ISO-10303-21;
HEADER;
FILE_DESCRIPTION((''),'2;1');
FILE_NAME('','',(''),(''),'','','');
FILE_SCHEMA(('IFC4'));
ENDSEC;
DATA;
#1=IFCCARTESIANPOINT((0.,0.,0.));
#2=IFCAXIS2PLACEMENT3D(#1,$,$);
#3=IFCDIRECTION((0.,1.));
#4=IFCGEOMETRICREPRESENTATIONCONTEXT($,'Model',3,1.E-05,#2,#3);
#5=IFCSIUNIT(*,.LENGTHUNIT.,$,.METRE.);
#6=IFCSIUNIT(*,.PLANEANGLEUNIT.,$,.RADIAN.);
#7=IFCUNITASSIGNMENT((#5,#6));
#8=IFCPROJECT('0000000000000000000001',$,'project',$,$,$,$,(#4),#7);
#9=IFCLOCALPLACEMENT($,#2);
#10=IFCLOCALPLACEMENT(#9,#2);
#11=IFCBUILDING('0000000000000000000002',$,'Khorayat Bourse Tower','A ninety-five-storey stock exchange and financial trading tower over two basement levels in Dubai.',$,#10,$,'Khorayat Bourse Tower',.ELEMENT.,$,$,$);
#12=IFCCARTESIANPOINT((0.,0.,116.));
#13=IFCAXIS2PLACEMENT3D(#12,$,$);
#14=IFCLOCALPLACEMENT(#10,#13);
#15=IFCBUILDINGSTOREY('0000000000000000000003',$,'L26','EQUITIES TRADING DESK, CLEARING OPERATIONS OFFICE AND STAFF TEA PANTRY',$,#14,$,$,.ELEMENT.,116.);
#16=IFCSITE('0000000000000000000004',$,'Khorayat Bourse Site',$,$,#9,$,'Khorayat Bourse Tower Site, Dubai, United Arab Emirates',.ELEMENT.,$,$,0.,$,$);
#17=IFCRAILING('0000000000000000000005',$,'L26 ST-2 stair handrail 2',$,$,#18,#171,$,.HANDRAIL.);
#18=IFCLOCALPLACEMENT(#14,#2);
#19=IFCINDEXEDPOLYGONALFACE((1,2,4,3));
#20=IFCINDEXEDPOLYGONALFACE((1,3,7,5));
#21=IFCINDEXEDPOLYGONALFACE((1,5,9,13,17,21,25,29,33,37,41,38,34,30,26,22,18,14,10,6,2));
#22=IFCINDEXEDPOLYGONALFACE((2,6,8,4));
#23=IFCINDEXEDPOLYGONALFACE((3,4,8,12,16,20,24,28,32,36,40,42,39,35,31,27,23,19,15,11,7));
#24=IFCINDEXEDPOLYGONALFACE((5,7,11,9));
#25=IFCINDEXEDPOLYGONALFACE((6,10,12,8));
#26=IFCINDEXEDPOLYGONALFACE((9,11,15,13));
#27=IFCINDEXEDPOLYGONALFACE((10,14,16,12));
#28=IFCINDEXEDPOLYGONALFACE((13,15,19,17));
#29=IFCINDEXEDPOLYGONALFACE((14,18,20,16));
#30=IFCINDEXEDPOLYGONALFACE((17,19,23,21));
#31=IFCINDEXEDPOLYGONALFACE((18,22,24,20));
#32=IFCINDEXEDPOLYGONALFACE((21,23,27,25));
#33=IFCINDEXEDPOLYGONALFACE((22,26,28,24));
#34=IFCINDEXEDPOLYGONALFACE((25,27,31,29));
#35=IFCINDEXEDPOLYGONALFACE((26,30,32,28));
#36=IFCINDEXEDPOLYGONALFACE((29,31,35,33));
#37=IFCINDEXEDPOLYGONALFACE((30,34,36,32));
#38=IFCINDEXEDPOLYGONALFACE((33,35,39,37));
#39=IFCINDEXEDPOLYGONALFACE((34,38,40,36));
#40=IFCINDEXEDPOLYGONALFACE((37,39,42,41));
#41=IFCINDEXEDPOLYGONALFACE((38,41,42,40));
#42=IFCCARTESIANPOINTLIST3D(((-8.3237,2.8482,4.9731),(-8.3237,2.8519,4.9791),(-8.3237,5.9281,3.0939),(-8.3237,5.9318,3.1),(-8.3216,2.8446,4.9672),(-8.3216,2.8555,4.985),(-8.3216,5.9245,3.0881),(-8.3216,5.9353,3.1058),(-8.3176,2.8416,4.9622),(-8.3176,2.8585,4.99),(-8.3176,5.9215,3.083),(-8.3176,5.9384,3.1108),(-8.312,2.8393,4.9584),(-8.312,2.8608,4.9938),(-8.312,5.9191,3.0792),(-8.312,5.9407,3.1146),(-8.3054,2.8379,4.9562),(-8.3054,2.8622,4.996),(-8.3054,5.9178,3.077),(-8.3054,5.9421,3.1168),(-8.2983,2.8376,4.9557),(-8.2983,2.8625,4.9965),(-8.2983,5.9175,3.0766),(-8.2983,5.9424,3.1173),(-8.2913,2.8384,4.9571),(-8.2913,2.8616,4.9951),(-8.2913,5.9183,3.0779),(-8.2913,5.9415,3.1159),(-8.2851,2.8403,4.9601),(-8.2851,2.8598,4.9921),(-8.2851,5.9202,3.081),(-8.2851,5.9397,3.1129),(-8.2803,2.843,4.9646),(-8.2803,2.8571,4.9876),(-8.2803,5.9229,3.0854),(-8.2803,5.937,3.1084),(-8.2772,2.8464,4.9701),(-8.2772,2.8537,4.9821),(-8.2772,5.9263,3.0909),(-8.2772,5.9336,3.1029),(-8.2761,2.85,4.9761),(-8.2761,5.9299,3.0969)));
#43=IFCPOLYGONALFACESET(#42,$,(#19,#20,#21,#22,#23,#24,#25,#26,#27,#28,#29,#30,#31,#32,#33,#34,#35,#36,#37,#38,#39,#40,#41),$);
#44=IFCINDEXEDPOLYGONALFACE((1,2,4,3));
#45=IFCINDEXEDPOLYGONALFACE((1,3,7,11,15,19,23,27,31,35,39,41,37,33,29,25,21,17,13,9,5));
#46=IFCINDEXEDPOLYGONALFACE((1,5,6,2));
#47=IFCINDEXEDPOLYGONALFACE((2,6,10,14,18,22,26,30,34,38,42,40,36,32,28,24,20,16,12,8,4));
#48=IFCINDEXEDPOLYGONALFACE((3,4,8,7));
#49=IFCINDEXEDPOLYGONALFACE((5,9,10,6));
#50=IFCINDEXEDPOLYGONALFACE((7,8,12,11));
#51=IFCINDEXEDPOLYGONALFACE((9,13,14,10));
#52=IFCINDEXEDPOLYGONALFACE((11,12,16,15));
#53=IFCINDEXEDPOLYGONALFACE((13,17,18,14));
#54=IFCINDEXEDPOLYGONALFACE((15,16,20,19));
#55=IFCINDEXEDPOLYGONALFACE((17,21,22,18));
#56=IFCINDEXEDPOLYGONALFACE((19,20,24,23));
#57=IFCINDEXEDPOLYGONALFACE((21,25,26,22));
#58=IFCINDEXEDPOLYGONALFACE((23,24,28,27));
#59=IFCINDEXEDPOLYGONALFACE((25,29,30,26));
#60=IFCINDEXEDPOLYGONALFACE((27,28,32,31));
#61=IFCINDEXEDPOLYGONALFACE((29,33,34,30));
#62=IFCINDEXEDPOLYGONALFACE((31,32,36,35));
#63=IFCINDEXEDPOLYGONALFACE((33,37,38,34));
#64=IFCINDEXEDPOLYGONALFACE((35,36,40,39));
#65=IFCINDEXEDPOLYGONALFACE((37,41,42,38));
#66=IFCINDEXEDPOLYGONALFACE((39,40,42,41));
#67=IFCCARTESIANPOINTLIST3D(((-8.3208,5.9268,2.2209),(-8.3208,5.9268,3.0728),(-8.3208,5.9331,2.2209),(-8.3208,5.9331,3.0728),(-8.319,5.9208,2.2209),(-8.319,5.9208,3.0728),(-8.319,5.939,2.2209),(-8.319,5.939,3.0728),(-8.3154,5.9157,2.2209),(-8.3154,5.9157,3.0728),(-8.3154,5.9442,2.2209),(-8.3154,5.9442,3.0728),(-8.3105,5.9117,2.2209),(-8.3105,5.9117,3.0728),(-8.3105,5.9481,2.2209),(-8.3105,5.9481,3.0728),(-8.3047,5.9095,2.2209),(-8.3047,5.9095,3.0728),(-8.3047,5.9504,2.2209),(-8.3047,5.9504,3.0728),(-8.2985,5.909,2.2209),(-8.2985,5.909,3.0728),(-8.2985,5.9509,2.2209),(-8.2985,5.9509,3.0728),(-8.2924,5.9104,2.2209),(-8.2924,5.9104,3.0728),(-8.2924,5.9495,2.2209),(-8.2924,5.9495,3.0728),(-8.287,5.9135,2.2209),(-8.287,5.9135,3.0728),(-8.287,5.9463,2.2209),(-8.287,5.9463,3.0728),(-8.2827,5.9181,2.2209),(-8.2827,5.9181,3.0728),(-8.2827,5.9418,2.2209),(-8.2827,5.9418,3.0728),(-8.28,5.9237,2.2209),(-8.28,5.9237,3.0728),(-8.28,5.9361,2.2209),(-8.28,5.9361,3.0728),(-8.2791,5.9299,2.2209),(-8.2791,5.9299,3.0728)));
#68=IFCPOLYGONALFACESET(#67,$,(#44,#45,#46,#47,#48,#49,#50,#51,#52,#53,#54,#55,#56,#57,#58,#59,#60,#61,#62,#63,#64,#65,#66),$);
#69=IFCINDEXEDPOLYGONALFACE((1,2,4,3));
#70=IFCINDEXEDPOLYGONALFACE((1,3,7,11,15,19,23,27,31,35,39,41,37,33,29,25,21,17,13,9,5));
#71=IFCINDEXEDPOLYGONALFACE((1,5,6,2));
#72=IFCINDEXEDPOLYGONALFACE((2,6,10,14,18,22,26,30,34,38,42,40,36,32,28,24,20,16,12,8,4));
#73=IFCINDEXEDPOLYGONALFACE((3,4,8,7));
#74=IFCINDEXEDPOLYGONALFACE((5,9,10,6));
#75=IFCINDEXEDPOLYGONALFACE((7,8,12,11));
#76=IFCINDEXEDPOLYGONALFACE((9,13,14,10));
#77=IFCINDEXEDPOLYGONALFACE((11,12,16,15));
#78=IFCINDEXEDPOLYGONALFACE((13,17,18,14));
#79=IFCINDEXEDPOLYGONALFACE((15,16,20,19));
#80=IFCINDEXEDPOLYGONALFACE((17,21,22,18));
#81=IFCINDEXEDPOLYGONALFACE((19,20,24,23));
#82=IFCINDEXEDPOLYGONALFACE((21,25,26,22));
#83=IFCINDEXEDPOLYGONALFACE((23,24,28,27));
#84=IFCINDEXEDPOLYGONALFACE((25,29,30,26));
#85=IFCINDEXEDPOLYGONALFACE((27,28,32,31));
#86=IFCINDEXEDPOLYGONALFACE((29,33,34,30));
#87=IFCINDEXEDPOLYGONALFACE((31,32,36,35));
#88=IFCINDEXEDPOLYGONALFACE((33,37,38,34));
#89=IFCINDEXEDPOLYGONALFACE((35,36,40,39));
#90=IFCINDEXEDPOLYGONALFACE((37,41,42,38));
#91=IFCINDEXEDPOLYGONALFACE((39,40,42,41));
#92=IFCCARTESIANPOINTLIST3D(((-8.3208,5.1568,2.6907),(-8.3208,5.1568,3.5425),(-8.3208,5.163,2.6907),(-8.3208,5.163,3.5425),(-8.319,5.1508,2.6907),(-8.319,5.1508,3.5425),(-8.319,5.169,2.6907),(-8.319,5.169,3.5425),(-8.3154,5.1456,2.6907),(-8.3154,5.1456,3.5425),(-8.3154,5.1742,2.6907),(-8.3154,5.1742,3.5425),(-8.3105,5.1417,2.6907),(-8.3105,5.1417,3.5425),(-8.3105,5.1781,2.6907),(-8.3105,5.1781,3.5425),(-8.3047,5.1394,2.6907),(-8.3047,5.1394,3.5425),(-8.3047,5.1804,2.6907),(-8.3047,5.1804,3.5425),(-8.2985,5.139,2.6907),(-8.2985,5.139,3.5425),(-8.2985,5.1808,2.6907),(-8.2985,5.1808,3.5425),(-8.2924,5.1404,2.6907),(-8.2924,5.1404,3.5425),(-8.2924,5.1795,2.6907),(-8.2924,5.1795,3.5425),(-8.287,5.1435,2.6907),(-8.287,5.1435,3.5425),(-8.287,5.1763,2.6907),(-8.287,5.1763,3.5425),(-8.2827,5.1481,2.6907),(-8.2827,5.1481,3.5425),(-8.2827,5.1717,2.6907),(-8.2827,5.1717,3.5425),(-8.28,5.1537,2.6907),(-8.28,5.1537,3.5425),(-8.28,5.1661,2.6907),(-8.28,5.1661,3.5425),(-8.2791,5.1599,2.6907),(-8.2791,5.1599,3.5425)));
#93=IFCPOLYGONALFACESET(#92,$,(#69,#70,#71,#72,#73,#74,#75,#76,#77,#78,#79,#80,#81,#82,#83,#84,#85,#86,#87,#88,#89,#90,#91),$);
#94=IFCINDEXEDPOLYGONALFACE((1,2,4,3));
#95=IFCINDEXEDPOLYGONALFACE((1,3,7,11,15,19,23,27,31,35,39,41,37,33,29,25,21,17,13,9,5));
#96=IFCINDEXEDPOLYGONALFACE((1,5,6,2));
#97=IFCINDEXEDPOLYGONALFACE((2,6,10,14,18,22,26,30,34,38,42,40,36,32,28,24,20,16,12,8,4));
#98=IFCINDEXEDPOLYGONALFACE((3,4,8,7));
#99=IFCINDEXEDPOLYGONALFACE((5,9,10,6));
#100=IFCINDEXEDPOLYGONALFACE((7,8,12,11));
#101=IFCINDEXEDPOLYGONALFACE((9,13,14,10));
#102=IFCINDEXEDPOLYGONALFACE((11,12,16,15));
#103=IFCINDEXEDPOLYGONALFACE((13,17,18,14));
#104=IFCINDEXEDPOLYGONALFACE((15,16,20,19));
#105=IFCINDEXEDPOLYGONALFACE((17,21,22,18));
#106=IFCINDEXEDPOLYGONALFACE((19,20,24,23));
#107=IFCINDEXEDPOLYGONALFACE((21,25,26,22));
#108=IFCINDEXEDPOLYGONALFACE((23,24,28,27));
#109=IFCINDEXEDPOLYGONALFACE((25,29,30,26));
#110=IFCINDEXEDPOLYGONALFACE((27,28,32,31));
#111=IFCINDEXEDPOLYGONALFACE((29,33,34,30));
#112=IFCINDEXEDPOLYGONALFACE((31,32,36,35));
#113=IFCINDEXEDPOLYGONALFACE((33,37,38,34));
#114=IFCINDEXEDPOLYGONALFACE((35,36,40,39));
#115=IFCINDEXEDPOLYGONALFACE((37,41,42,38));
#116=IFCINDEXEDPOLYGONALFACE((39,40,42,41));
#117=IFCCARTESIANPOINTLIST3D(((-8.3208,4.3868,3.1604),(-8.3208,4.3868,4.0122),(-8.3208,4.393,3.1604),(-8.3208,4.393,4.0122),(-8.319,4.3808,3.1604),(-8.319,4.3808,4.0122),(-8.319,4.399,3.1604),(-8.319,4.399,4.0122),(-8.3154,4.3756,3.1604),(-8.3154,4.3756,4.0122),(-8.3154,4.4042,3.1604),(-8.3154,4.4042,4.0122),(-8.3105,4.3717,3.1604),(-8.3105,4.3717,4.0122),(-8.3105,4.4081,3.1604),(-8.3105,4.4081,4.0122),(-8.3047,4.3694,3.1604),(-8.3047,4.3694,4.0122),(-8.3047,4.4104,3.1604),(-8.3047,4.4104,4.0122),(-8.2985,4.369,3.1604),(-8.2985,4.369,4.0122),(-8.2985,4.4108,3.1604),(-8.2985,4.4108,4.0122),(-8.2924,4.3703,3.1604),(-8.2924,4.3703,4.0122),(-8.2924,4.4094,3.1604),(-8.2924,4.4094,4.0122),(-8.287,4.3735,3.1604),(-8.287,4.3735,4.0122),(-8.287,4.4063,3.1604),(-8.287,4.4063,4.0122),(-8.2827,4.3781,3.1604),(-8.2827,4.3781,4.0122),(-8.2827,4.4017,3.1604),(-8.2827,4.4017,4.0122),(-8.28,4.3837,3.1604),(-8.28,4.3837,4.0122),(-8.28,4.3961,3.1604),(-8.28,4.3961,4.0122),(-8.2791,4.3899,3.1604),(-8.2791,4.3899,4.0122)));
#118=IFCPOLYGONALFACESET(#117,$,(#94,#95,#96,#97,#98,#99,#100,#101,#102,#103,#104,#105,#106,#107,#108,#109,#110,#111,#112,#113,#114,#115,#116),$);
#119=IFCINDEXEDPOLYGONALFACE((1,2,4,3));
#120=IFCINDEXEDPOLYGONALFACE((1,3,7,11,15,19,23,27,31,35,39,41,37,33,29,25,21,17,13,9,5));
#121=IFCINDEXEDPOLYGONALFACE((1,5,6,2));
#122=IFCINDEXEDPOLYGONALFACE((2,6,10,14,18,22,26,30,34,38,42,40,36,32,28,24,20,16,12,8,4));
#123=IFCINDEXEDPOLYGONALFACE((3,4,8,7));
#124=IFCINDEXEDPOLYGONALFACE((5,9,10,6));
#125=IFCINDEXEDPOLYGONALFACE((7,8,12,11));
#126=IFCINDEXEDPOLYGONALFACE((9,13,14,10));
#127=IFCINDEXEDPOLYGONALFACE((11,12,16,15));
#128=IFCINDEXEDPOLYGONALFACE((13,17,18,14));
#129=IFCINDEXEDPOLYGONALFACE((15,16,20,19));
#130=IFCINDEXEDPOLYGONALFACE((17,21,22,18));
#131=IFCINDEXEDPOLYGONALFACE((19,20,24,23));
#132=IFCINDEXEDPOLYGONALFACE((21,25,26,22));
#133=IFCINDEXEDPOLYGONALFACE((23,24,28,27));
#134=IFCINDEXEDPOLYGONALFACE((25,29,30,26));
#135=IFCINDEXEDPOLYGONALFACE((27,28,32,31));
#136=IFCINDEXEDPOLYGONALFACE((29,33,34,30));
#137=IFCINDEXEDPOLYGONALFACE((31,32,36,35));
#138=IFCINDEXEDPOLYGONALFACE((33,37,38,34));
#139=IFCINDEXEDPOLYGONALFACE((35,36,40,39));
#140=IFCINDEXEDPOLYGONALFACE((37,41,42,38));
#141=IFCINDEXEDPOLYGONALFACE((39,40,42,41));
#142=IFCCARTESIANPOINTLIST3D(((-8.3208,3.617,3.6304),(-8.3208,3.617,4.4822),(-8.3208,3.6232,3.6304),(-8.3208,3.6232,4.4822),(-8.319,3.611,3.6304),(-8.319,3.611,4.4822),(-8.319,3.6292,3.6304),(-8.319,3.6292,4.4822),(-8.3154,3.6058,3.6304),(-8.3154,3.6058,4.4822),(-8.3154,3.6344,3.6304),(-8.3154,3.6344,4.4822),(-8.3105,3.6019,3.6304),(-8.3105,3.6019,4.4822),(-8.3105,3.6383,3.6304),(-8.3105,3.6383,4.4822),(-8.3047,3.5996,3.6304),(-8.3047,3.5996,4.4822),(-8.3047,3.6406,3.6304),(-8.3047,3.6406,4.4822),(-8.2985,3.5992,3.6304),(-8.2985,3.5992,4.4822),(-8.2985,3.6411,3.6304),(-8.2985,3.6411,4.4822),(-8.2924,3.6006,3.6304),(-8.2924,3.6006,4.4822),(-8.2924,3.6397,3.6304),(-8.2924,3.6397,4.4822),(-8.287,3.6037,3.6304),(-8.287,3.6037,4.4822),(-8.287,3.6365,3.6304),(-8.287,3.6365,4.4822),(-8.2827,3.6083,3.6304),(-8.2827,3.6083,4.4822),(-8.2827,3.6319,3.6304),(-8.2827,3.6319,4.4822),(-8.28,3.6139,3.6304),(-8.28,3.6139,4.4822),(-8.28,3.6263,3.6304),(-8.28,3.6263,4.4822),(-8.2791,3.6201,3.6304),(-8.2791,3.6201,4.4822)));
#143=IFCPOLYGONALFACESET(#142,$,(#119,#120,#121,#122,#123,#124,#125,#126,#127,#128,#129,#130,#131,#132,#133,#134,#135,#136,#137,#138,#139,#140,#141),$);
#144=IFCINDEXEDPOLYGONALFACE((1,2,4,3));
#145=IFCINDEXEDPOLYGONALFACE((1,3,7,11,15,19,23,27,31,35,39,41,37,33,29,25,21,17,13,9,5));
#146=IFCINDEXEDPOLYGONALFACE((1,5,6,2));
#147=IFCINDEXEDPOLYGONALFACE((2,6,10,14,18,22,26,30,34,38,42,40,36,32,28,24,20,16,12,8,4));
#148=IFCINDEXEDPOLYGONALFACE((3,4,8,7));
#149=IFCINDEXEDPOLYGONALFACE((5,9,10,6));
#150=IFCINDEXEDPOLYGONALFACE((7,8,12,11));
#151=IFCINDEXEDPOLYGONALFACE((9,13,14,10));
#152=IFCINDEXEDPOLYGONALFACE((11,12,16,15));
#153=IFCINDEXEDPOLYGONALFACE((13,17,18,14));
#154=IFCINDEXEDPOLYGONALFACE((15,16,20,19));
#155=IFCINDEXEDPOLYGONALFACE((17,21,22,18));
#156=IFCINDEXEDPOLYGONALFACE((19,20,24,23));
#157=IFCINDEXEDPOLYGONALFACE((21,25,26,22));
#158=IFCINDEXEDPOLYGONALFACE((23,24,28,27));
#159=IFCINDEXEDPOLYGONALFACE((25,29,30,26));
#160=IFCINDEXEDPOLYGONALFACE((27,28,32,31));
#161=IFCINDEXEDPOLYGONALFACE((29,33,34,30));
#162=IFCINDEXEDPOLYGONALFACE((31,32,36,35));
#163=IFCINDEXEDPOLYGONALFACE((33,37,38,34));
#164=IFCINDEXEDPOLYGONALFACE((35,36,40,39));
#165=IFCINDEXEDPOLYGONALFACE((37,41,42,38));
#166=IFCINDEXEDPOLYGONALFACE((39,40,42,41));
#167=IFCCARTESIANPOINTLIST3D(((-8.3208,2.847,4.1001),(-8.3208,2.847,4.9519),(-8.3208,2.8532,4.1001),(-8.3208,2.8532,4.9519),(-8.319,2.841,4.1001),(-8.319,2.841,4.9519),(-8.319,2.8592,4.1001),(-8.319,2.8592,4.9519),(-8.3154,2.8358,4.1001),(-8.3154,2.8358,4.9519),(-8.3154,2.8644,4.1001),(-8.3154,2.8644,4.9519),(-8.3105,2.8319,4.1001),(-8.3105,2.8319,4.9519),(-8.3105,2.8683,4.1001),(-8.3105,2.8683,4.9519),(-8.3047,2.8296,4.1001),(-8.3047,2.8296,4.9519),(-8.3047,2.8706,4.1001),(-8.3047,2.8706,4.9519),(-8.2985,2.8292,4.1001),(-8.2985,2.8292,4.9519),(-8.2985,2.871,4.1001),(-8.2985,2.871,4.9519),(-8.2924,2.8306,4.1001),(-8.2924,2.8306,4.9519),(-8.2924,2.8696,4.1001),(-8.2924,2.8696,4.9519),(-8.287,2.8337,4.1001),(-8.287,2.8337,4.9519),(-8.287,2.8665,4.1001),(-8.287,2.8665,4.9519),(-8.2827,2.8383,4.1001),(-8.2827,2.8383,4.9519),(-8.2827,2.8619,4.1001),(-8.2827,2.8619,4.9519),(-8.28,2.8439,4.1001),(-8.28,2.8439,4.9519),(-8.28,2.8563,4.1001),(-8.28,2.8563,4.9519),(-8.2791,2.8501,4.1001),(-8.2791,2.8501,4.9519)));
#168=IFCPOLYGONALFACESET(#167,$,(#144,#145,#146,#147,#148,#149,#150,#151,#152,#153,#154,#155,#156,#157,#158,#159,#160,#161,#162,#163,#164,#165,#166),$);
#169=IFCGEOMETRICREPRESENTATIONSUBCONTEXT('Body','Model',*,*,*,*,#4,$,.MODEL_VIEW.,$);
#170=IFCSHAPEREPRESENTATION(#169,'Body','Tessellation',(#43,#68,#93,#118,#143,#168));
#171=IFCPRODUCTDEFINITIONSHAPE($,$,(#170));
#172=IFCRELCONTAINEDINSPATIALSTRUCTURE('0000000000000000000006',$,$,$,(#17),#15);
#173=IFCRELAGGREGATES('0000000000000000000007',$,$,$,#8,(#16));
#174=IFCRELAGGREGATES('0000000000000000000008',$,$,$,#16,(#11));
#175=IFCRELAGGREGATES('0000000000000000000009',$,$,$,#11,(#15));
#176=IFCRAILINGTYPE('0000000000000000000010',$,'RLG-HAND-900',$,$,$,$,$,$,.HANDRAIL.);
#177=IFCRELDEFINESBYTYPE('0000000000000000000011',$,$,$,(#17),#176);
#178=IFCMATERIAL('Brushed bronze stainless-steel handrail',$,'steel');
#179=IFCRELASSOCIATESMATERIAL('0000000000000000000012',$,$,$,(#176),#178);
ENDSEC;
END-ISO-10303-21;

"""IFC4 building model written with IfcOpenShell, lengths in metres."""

from ifc_helpers import new_model, si_unit, direction, frame, origin, origin_2d, place, context, subcontext, project, spatial, circle, extrude, source, transform, mapped, material, type_object, element, save


model = new_model("IFC4")

# Units and contexts
model_context = context("Model", 3, precision=1e-05, world=origin(), true_north=direction((0.0, 1.0)))
body_context = subcontext(model_context, "Body", "Model", "MODEL_VIEW")
ifc_project = project(units=[si_unit("LENGTHUNIT", "METRE"), si_unit("PLANEANGLEUNIT", "RADIAN")], contexts=[model_context])

# Site, building, storey
site_placement = place(None, origin())
site = spatial("IfcSite", under=ifc_project, at=site_placement, Name="Khorayat Bourse Site", LongName="Khorayat Bourse Tower Site, Dubai, United Arab Emirates", CompositionType="ELEMENT", RefElevation=0.0)
building_placement = place(site_placement, origin())
building = spatial("IfcBuilding", under=site, at=building_placement, Name="Khorayat Bourse Tower", Description="A ninety-five-storey stock exchange and financial trading tower over two basement levels in Dubai.", LongName="Khorayat Bourse Tower", CompositionType="ELEMENT")
storey_placement = place(building_placement, frame((0.0, 0.0, 116.0)))
storey = spatial("IfcBuildingStorey", under=building, at=storey_placement, Name="L26", Description="EQUITIES TRADING DESK, CLEARING OPERATIONS OFFICE AND STAFF TEA PANTRY", CompositionType="ELEMENT", Elevation=116.0)

# Railing
ifc_material_1 = material(Name="Brushed bronze stainless-steel handrail", Category="steel")
railing_type_1 = type_object("IfcRailingType", Name="RLG-HAND-900", PredefinedType="HANDRAIL", material=ifc_material_1)
shared_shape_1 = source(origin(), body_context, "Body", "SweptSolid", [
    extrude(circle(Radius=0.0239, at=origin_2d()), frame((0.0, 0.0, 0.876), z_axis=(0.0, -0.853648, 0.52085), x_axis=(1.0, 0.0, 0.0)), (0.0, 0.0, 1.0), 3.6079),
    extrude(circle(Radius=0.021, at=origin_2d()), origin(), (0.0, 0.0, 1.0), 0.8518),
    extrude(circle(Radius=0.021, at=origin_2d()), frame((0.0, -0.77, 0.4697)), (0.0, 0.0, 1.0), 0.8518),
    extrude(circle(Radius=0.021, at=origin_2d()), frame((0.0, -1.54, 0.9395)), (0.0, 0.0, 1.0), 0.8518),
    extrude(circle(Radius=0.021, at=origin_2d()), frame((0.0, -2.3098, 1.4094)), (0.0, 0.0, 1.0), 0.8518),
    extrude(circle(Radius=0.021, at=origin_2d()), frame((0.0, -3.0798, 1.8792)), (0.0, 0.0, 1.0), 0.8518),
])
railing_1_placement = place(storey_placement, frame((-8.3, 5.9299, 2.2209)))
element("IfcRailing", 1, at=railing_1_placement, inside=storey, type_object=railing_type_1, Name="L26 ST-2 stair handrail 2", PredefinedType="HANDRAIL", context=body_context, shape_type="MappedRepresentation", body=[
    mapped(shared_shape_1, transform((0.0, 0.0, 0.0), scale=1.0)),
])

save(model, "model.ifc")
